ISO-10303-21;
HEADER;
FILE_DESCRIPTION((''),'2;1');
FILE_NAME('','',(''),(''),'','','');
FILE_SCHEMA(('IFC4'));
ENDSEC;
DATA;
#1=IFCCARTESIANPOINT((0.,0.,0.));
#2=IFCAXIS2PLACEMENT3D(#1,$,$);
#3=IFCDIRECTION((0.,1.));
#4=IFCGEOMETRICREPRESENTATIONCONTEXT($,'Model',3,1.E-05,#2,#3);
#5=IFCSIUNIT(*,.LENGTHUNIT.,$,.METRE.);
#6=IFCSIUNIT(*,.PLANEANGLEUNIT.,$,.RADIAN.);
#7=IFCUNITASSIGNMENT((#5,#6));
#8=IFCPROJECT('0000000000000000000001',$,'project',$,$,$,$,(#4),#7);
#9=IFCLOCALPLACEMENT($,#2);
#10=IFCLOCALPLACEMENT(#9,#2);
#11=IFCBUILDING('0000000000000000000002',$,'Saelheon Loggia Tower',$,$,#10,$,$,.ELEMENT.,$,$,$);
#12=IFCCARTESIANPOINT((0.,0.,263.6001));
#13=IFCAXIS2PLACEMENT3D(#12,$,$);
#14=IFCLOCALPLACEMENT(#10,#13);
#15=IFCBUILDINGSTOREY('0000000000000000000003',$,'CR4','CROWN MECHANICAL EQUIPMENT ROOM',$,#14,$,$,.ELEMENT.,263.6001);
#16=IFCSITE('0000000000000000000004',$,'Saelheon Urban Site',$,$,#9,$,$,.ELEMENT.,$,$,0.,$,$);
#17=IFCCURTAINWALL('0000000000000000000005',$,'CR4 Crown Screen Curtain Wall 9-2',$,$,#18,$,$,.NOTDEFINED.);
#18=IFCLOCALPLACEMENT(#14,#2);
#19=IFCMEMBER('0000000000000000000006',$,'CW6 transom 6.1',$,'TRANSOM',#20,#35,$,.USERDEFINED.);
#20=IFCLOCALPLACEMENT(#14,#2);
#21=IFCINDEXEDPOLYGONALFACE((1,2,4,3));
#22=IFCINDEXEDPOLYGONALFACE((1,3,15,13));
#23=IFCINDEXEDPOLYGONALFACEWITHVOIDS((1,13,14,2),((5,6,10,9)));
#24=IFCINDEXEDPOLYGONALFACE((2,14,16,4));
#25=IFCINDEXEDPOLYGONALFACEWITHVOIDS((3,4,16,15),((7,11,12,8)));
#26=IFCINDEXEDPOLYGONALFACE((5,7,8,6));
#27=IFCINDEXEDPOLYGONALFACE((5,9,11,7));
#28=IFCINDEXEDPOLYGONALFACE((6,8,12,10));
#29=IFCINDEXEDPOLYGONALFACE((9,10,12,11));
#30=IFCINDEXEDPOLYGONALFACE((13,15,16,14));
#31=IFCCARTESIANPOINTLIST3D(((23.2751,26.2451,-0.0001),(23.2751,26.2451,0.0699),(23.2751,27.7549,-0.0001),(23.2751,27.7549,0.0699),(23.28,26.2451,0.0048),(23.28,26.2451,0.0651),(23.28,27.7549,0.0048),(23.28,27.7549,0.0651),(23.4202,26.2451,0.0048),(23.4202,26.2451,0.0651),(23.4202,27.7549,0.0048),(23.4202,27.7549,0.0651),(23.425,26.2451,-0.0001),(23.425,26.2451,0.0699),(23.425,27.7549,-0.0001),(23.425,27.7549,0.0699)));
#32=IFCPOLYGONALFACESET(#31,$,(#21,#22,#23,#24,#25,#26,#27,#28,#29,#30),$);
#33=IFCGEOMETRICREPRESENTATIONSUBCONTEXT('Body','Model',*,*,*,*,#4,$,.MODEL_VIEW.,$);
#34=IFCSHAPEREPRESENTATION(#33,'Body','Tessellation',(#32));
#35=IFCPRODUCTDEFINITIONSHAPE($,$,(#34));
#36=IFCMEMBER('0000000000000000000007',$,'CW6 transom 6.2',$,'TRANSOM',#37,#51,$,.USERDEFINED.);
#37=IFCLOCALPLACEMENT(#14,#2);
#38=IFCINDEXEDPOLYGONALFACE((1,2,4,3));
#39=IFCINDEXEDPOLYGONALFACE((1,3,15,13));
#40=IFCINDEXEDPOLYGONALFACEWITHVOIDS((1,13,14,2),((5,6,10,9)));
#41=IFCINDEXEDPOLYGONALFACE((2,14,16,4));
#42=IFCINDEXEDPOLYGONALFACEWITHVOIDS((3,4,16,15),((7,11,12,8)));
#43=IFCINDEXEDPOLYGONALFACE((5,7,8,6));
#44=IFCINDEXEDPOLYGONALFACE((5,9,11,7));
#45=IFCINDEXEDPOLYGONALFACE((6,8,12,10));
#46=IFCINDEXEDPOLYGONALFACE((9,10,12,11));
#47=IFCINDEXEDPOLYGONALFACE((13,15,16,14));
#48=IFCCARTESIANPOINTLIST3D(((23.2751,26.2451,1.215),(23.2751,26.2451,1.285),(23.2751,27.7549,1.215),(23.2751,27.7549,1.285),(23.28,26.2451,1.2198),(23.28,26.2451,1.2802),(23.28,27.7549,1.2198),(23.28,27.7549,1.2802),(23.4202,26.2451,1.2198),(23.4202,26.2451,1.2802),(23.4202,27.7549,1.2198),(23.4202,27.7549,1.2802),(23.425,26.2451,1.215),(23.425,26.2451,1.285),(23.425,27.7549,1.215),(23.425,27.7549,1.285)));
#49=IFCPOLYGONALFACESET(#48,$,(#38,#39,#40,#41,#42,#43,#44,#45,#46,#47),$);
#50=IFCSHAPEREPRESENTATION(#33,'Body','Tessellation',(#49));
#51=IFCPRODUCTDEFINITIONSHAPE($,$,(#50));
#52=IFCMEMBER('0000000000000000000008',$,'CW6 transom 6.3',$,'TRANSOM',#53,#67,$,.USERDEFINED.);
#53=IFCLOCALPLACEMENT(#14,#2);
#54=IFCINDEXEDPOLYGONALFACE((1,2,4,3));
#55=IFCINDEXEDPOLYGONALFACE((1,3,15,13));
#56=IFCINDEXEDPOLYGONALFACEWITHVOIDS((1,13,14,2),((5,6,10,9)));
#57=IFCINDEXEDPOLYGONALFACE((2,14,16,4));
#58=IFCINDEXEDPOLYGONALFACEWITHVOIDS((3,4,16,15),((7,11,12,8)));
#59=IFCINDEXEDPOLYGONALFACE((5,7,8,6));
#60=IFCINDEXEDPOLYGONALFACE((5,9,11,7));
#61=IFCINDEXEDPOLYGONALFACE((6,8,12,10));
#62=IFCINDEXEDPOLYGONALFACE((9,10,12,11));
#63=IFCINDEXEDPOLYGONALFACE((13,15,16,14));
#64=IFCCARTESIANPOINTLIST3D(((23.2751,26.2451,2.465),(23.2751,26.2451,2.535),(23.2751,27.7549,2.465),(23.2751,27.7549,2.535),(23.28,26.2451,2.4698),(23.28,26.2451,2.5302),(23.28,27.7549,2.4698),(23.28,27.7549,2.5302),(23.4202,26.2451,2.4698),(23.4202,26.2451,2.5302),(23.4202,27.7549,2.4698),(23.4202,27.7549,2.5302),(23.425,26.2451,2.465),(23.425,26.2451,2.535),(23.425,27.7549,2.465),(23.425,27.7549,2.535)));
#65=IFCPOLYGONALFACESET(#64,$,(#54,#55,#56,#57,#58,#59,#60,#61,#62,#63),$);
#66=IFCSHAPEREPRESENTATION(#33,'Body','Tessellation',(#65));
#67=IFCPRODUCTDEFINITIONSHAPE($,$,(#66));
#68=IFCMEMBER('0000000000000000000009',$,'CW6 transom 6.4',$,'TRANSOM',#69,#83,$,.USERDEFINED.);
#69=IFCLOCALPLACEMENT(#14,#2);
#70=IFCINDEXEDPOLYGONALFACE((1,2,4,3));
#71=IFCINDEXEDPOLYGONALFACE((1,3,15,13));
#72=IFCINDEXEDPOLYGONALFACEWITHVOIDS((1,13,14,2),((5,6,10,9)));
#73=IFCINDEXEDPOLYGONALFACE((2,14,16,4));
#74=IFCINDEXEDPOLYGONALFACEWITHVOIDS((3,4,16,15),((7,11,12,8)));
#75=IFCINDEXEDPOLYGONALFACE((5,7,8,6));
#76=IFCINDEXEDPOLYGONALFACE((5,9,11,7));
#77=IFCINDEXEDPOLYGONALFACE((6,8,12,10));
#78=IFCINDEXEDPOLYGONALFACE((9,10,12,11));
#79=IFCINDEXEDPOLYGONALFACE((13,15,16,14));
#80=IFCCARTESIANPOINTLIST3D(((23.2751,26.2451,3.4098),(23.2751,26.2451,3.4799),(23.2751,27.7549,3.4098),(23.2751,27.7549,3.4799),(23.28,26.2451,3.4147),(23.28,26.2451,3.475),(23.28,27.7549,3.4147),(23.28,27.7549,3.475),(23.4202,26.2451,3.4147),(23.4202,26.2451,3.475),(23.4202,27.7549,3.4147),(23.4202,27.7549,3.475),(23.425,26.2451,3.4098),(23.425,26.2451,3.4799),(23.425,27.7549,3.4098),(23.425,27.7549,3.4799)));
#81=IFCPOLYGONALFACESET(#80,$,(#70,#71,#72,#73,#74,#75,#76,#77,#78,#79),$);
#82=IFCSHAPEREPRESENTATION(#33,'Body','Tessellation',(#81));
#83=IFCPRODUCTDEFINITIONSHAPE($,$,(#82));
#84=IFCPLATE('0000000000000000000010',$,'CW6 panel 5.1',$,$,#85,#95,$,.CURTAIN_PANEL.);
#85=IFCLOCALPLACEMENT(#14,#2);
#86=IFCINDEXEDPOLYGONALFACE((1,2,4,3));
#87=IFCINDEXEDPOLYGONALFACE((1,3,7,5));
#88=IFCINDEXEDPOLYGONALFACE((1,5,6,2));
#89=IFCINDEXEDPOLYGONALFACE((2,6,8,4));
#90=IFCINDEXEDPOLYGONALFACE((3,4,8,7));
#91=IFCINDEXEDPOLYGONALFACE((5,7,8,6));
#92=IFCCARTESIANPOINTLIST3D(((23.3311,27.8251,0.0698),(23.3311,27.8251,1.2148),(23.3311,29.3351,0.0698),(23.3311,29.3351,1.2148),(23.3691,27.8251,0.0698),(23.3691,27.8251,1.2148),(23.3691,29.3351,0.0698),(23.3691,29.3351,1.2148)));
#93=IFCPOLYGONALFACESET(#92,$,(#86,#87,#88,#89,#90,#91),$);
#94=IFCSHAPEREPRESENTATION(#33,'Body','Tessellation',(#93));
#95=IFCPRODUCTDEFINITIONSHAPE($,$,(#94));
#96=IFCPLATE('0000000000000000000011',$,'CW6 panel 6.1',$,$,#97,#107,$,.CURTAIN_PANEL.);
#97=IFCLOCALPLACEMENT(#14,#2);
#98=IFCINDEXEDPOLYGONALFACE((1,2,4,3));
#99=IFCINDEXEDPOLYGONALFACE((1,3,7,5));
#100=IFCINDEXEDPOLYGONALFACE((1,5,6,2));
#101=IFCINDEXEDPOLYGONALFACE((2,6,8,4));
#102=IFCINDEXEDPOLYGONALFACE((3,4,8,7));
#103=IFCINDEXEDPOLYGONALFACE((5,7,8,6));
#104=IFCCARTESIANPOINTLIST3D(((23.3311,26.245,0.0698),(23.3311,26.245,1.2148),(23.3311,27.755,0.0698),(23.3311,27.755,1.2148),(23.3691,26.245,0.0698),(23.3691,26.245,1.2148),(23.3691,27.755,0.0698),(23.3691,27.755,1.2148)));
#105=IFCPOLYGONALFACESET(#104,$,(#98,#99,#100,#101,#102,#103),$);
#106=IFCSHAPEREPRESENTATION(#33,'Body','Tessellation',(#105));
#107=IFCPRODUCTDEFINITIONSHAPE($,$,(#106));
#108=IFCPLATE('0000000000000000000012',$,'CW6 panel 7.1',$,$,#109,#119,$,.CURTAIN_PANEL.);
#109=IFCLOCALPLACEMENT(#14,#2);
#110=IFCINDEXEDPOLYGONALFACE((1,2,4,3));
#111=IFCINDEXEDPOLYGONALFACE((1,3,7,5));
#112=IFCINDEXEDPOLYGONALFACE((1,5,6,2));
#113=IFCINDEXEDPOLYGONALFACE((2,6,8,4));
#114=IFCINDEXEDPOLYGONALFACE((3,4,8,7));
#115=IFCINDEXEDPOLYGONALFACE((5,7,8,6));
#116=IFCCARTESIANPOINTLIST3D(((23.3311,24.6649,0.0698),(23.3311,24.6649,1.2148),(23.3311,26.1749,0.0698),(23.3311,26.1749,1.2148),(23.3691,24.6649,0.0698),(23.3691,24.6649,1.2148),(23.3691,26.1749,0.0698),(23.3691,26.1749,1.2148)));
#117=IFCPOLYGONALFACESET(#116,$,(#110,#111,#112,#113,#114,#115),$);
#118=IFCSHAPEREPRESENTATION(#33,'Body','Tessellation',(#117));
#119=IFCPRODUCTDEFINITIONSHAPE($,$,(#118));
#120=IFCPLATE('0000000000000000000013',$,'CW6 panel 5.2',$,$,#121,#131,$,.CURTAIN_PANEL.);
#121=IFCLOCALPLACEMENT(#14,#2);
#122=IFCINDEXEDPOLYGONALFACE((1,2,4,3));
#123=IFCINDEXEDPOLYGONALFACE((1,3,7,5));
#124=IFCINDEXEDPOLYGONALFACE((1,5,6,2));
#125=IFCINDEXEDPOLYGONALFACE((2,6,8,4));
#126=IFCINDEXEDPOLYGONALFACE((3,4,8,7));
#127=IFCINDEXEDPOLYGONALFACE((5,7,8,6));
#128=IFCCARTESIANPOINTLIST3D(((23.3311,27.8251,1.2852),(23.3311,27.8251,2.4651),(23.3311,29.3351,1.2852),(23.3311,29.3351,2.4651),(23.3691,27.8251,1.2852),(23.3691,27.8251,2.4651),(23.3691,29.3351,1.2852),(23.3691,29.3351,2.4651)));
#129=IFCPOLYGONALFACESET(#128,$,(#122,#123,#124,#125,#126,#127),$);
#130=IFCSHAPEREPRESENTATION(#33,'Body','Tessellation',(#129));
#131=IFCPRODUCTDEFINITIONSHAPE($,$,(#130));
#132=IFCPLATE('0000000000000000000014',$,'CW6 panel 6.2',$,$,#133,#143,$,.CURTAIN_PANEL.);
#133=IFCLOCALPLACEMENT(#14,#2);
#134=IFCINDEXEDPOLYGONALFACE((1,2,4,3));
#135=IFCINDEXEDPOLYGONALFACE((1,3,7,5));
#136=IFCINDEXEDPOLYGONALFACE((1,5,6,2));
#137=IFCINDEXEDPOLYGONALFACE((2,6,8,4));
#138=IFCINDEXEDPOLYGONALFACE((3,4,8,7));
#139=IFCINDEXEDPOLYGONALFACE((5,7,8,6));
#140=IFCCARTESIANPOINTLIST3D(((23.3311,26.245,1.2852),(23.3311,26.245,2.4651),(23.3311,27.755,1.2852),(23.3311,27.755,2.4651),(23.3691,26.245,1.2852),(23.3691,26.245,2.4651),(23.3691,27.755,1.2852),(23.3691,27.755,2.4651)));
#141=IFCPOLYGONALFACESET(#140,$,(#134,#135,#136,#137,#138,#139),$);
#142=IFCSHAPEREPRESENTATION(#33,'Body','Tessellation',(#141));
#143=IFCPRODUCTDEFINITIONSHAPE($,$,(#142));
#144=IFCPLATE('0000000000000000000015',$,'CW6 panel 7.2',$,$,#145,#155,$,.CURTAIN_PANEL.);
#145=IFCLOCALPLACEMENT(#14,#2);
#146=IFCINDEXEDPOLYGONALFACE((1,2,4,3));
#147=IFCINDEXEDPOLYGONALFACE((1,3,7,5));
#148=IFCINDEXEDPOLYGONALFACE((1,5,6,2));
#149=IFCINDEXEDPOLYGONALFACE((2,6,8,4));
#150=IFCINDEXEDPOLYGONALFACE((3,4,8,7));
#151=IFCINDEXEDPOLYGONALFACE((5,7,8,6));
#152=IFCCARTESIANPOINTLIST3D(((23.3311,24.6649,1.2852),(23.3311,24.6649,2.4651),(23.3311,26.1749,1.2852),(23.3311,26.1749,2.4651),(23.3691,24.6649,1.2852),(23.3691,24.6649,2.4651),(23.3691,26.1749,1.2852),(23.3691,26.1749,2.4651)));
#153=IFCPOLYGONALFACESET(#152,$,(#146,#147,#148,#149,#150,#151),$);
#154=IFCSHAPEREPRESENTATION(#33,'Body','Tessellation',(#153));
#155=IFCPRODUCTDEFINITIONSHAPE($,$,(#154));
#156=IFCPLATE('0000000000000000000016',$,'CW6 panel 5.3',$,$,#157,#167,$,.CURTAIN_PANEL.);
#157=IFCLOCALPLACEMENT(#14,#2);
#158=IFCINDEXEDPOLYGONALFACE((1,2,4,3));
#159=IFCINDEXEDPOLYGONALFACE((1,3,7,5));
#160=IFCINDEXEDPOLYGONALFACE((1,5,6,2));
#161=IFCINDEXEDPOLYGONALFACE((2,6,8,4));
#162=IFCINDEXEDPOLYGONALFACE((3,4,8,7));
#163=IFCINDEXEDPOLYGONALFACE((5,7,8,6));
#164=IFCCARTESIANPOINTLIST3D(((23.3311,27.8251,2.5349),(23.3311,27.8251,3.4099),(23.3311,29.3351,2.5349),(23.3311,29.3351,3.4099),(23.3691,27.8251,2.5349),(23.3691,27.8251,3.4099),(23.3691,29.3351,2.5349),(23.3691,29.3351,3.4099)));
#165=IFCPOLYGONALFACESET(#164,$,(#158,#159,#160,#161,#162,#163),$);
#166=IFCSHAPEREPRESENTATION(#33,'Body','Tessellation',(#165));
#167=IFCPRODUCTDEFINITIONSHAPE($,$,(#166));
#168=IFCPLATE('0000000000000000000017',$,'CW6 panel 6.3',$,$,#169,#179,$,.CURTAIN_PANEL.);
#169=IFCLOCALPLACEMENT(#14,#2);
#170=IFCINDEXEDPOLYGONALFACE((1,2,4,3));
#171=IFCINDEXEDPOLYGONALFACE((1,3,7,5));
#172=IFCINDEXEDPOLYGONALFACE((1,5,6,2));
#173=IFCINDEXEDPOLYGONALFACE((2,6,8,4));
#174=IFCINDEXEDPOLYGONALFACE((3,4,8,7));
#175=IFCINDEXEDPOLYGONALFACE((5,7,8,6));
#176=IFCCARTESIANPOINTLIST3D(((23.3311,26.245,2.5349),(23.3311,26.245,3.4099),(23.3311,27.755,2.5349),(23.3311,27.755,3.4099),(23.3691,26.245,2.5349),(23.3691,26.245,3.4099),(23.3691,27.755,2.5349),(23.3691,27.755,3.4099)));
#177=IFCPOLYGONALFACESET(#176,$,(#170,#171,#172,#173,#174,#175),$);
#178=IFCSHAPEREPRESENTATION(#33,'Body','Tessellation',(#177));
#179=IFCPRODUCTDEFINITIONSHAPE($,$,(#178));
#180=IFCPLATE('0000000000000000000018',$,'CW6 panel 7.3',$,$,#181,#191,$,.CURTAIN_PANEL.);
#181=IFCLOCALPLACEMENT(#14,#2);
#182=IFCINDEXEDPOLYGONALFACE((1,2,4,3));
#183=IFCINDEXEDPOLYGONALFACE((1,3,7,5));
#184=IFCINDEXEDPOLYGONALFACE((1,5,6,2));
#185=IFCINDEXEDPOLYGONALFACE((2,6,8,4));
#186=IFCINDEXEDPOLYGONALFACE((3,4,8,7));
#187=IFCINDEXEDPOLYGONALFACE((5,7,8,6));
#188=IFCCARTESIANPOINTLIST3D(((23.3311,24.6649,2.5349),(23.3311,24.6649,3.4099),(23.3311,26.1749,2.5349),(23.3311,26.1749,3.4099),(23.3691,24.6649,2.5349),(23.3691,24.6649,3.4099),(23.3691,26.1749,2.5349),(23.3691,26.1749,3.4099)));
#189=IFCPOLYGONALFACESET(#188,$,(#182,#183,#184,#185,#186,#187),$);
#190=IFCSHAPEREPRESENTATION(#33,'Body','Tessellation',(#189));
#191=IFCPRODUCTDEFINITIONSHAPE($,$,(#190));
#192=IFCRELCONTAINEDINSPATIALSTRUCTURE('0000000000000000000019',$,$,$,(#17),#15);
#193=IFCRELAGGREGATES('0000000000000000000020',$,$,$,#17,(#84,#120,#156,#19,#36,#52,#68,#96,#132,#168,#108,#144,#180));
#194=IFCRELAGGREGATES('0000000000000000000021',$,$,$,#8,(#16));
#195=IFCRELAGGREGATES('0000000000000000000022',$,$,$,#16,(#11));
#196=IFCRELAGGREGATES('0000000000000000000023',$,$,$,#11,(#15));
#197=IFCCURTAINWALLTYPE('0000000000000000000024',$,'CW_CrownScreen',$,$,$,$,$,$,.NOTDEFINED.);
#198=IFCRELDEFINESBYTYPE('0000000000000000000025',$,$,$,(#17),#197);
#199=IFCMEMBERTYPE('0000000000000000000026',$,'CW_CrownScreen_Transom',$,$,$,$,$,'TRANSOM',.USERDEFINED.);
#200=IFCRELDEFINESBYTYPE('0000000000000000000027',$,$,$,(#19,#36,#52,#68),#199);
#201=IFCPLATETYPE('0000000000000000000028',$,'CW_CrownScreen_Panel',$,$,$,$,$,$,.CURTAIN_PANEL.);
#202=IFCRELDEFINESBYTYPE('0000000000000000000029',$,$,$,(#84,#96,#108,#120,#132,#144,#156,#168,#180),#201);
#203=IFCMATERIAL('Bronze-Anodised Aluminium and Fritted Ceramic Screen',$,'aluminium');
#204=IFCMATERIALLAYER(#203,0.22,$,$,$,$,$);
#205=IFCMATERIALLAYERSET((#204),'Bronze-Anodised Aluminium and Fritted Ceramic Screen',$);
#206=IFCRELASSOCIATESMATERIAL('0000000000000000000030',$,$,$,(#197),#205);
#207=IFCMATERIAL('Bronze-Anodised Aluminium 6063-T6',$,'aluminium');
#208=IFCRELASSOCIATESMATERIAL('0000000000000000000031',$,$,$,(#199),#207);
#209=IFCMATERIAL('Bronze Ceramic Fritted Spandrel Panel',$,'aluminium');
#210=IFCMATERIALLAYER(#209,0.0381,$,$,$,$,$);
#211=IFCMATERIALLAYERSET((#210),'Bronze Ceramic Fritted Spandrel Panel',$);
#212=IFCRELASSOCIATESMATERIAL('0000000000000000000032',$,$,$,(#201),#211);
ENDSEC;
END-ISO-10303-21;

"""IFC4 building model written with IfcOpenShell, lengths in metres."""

from ifc_helpers import new_model, si_unit, direction, frame, origin, origin_2d, place, context, subcontext, project, spatial, rectangle, hollow_rectangle, extrude, source, transform, mapped, material, layer, layer_set, material_profile, profile_set, type_object, element, aggregate, save


model = new_model("IFC4")

# Units and contexts
model_context = context("Model", 3, precision=1e-05, world=origin(), true_north=direction((0.0, 1.0)))
body_context = subcontext(model_context, "Body", "Model", "MODEL_VIEW")
ifc_project = project(units=[si_unit("LENGTHUNIT", "METRE"), si_unit("PLANEANGLEUNIT", "RADIAN")], contexts=[model_context])

# Site, building, storey
site_placement = place(None, origin())
site = spatial("IfcSite", under=ifc_project, at=site_placement, Name="Saelheon Urban Site", CompositionType="ELEMENT", RefElevation=0.0)
building_placement = place(site_placement, origin())
building = spatial("IfcBuilding", under=site, at=building_placement, Name="Saelheon Loggia Tower", CompositionType="ELEMENT")
storey_placement = place(building_placement, frame((0.0, 0.0, 263.6001)))
storey = spatial("IfcBuildingStorey", under=building, at=storey_placement, Name="CR4", Description="CROWN MECHANICAL EQUIPMENT ROOM", CompositionType="ELEMENT", Elevation=263.6001)

# Curtain wall, members, plates
ifc_material_1 = material(Name="Bronze-Anodised Aluminium and Fritted Ceramic Screen", Category="aluminium")
ifc_layer_1 = layer(ifc_material_1, 0.22)
ifc_layer_set_1 = layer_set([ifc_layer_1], Name="Bronze-Anodised Aluminium and Fritted Ceramic Screen")
curtain_wall_type = type_object("IfcCurtainWallType", Name="CW_CrownScreen", PredefinedType="NOTDEFINED", material=ifc_layer_set_1)
curtain_wall_placement = place(storey_placement, origin())
curtain_wall = element("IfcCurtainWall", 1, at=curtain_wall_placement, inside=storey, type_object=curtain_wall_type, Name="CR4 Crown Screen Curtain Wall 9-2", PredefinedType="NOTDEFINED")
ifc_material_2 = material(Name="Bronze-Anodised Aluminium 6063-T6", Category="aluminium")
ifc_material_profile_1 = material_profile(ifc_material_2, hollow_rectangle(XDim=0.0701, YDim=0.1499, WallThickness=0.0049, at=origin_2d()), Name="RHS-150x70x5")
ifc_profile_set_1 = profile_set([ifc_material_profile_1], Name="Bronze-Anodised Aluminium 6063-T6")
member_type_1 = type_object("IfcMemberType", Name="CW_CrownScreen_Transom", ElementType="TRANSOM", PredefinedType="USERDEFINED", material=ifc_profile_set_1)
shared_shape_1 = source(origin(), body_context, "Body", "SweptSolid", [
    extrude(hollow_rectangle(XDim=0.0701, YDim=0.1499, WallThickness=0.0049, at=origin_2d()), origin(), (0.0, 0.0, 1.0), 1.5098),
])
member_1_placement = place(storey_placement, frame((23.3501, 27.7549, 0.0349), z_axis=(0.0, -1.0, 0.0), x_axis=(0.0, 0.0, 1.0)))
member_1 = element("IfcMember", 2, at=member_1_placement, type_object=member_type_1, Name="CW6 transom 6.1", ObjectType="TRANSOM", PredefinedType="USERDEFINED", context=body_context, shape_type="MappedRepresentation", body=[
    mapped(shared_shape_1, transform((0.0, 0.0, 0.0), scale=1.0)),
])
member_2_placement = place(storey_placement, frame((23.3501, 27.7549, 1.25), z_axis=(0.0, -1.0, 0.0), x_axis=(0.0, 0.0, 1.0)))
member_2 = element("IfcMember", 3, at=member_2_placement, type_object=member_type_1, Name="CW6 transom 6.2", ObjectType="TRANSOM", PredefinedType="USERDEFINED", context=body_context, shape_type="MappedRepresentation", body=[
    mapped(shared_shape_1, transform((0.0, 0.0, 0.0), scale=1.0)),
])
member_3_placement = place(storey_placement, frame((23.3501, 27.7549, 2.5), z_axis=(0.0, -1.0, 0.0), x_axis=(0.0, 0.0, 1.0)))
member_3 = element("IfcMember", 4, at=member_3_placement, type_object=member_type_1, Name="CW6 transom 6.3", ObjectType="TRANSOM", PredefinedType="USERDEFINED", context=body_context, shape_type="MappedRepresentation", body=[
    mapped(shared_shape_1, transform((0.0, 0.0, 0.0), scale=1.0)),
])
member_4_placement = place(storey_placement, frame((23.3501, 27.7549, 3.4448), z_axis=(0.0, -1.0, 0.0), x_axis=(0.0, 0.0, 1.0)))
member_4 = element("IfcMember", 5, at=member_4_placement, type_object=member_type_1, Name="CW6 transom 6.4", ObjectType="TRANSOM", PredefinedType="USERDEFINED", context=body_context, shape_type="MappedRepresentation", body=[
    mapped(shared_shape_1, transform((0.0, 0.0, 0.0), scale=1.0)),
])
ifc_material_3 = material(Name="Bronze Ceramic Fritted Spandrel Panel", Category="aluminium")
ifc_layer_2 = layer(ifc_material_3, 0.0381)
ifc_layer_set_2 = layer_set([ifc_layer_2], Name="Bronze Ceramic Fritted Spandrel Panel")
plate_type = type_object("IfcPlateType", Name="CW_CrownScreen_Panel", PredefinedType="CURTAIN_PANEL", material=ifc_layer_set_2)
shared_shape_2 = source(origin(), body_context, "Body", "SweptSolid", [
    extrude(rectangle(XDim=1.51, YDim=0.0381, at=origin_2d()), origin(), (0.0, 0.0, 1.0), 1.145),
])
plate_1_placement = place(storey_placement, frame((23.3501, 28.5801, 0.0698), z_axis=(0.0, 0.0, 1.0), x_axis=(0.0, -1.0, 0.0)))
plate_1 = element("IfcPlate", 6, at=plate_1_placement, type_object=plate_type, Name="CW6 panel 5.1", PredefinedType="CURTAIN_PANEL", context=body_context, shape_type="MappedRepresentation", body=[
    mapped(shared_shape_2, transform((0.0, 0.0, 0.0), scale=1.0)),
])
plate_2_placement = place(storey_placement, frame((23.3501, 27.0, 0.0698), z_axis=(0.0, 0.0, 1.0), x_axis=(0.0, -1.0, 0.0)))
plate_2 = element("IfcPlate", 7, at=plate_2_placement, type_object=plate_type, Name="CW6 panel 6.1", PredefinedType="CURTAIN_PANEL", context=body_context, shape_type="MappedRepresentation", body=[
    mapped(shared_shape_2, transform((0.0, 0.0, 0.0), scale=1.0)),
])
plate_3_placement = place(storey_placement, frame((23.3501, 25.4199, 0.0698), z_axis=(0.0, 0.0, 1.0), x_axis=(0.0, -1.0, 0.0)))
plate_3 = element("IfcPlate", 8, at=plate_3_placement, type_object=plate_type, Name="CW6 panel 7.1", PredefinedType="CURTAIN_PANEL", context=body_context, shape_type="MappedRepresentation", body=[
    mapped(shared_shape_2, transform((0.0, 0.0, 0.0), scale=1.0)),
])
shared_shape_3 = source(origin(), body_context, "Body", "SweptSolid", [
    extrude(rectangle(XDim=1.51, YDim=0.0381, at=origin_2d()), origin(), (0.0, 0.0, 1.0), 1.1799),
])
plate_4_placement = place(storey_placement, frame((23.3501, 28.5801, 1.2852), z_axis=(0.0, 0.0, 1.0), x_axis=(0.0, -1.0, 0.0)))
plate_4 = element("IfcPlate", 9, at=plate_4_placement, type_object=plate_type, Name="CW6 panel 5.2", PredefinedType="CURTAIN_PANEL", context=body_context, shape_type="MappedRepresentation", body=[
    mapped(shared_shape_3, transform((0.0, 0.0, 0.0), scale=1.0)),
])
plate_5_placement = place(storey_placement, frame((23.3501, 27.0, 1.2852), z_axis=(0.0, 0.0, 1.0), x_axis=(0.0, -1.0, 0.0)))
plate_5 = element("IfcPlate", 10, at=plate_5_placement, type_object=plate_type, Name="CW6 panel 6.2", PredefinedType="CURTAIN_PANEL", context=body_context, shape_type="MappedRepresentation", body=[
    mapped(shared_shape_3, transform((0.0, 0.0, 0.0), scale=1.0)),
])
plate_6_placement = place(storey_placement, frame((23.3501, 25.4199, 1.2852), z_axis=(0.0, 0.0, 1.0), x_axis=(0.0, -1.0, 0.0)))
plate_6 = element("IfcPlate", 11, at=plate_6_placement, type_object=plate_type, Name="CW6 panel 7.2", PredefinedType="CURTAIN_PANEL", context=body_context, shape_type="MappedRepresentation", body=[
    mapped(shared_shape_3, transform((0.0, 0.0, 0.0), scale=1.0)),
])
shared_shape_4 = source(origin(), body_context, "Body", "SweptSolid", [
    extrude(rectangle(XDim=1.51, YDim=0.0381, at=origin_2d()), origin(), (0.0, 0.0, 1.0), 0.875),
])
plate_7_placement = place(storey_placement, frame((23.3501, 28.5801, 2.5349), z_axis=(0.0, 0.0, 1.0), x_axis=(0.0, -1.0, 0.0)))
plate_7 = element("IfcPlate", 12, at=plate_7_placement, type_object=plate_type, Name="CW6 panel 5.3", PredefinedType="CURTAIN_PANEL", context=body_context, shape_type="MappedRepresentation", body=[
    mapped(shared_shape_4, transform((0.0, 0.0, 0.0), scale=1.0)),
])
plate_8_placement = place(storey_placement, frame((23.3501, 27.0, 2.5349), z_axis=(0.0, 0.0, 1.0), x_axis=(0.0, -1.0, 0.0)))
plate_8 = element("IfcPlate", 13, at=plate_8_placement, type_object=plate_type, Name="CW6 panel 6.3", PredefinedType="CURTAIN_PANEL", context=body_context, shape_type="MappedRepresentation", body=[
    mapped(shared_shape_4, transform((0.0, 0.0, 0.0), scale=1.0)),
])
plate_9_placement = place(storey_placement, frame((23.3501, 25.4199, 2.5349), z_axis=(0.0, 0.0, 1.0), x_axis=(0.0, -1.0, 0.0)))
plate_9 = element("IfcPlate", 14, at=plate_9_placement, type_object=plate_type, Name="CW6 panel 7.3", PredefinedType="CURTAIN_PANEL", context=body_context, shape_type="MappedRepresentation", body=[
    mapped(shared_shape_4, transform((0.0, 0.0, 0.0), scale=1.0)),
])
aggregate(curtain_wall, [plate_1, plate_4, plate_7, member_1, member_2, member_3, member_4, plate_2, plate_5, plate_8, plate_3, plate_6, plate_9])

save(model, "model.ifc")
